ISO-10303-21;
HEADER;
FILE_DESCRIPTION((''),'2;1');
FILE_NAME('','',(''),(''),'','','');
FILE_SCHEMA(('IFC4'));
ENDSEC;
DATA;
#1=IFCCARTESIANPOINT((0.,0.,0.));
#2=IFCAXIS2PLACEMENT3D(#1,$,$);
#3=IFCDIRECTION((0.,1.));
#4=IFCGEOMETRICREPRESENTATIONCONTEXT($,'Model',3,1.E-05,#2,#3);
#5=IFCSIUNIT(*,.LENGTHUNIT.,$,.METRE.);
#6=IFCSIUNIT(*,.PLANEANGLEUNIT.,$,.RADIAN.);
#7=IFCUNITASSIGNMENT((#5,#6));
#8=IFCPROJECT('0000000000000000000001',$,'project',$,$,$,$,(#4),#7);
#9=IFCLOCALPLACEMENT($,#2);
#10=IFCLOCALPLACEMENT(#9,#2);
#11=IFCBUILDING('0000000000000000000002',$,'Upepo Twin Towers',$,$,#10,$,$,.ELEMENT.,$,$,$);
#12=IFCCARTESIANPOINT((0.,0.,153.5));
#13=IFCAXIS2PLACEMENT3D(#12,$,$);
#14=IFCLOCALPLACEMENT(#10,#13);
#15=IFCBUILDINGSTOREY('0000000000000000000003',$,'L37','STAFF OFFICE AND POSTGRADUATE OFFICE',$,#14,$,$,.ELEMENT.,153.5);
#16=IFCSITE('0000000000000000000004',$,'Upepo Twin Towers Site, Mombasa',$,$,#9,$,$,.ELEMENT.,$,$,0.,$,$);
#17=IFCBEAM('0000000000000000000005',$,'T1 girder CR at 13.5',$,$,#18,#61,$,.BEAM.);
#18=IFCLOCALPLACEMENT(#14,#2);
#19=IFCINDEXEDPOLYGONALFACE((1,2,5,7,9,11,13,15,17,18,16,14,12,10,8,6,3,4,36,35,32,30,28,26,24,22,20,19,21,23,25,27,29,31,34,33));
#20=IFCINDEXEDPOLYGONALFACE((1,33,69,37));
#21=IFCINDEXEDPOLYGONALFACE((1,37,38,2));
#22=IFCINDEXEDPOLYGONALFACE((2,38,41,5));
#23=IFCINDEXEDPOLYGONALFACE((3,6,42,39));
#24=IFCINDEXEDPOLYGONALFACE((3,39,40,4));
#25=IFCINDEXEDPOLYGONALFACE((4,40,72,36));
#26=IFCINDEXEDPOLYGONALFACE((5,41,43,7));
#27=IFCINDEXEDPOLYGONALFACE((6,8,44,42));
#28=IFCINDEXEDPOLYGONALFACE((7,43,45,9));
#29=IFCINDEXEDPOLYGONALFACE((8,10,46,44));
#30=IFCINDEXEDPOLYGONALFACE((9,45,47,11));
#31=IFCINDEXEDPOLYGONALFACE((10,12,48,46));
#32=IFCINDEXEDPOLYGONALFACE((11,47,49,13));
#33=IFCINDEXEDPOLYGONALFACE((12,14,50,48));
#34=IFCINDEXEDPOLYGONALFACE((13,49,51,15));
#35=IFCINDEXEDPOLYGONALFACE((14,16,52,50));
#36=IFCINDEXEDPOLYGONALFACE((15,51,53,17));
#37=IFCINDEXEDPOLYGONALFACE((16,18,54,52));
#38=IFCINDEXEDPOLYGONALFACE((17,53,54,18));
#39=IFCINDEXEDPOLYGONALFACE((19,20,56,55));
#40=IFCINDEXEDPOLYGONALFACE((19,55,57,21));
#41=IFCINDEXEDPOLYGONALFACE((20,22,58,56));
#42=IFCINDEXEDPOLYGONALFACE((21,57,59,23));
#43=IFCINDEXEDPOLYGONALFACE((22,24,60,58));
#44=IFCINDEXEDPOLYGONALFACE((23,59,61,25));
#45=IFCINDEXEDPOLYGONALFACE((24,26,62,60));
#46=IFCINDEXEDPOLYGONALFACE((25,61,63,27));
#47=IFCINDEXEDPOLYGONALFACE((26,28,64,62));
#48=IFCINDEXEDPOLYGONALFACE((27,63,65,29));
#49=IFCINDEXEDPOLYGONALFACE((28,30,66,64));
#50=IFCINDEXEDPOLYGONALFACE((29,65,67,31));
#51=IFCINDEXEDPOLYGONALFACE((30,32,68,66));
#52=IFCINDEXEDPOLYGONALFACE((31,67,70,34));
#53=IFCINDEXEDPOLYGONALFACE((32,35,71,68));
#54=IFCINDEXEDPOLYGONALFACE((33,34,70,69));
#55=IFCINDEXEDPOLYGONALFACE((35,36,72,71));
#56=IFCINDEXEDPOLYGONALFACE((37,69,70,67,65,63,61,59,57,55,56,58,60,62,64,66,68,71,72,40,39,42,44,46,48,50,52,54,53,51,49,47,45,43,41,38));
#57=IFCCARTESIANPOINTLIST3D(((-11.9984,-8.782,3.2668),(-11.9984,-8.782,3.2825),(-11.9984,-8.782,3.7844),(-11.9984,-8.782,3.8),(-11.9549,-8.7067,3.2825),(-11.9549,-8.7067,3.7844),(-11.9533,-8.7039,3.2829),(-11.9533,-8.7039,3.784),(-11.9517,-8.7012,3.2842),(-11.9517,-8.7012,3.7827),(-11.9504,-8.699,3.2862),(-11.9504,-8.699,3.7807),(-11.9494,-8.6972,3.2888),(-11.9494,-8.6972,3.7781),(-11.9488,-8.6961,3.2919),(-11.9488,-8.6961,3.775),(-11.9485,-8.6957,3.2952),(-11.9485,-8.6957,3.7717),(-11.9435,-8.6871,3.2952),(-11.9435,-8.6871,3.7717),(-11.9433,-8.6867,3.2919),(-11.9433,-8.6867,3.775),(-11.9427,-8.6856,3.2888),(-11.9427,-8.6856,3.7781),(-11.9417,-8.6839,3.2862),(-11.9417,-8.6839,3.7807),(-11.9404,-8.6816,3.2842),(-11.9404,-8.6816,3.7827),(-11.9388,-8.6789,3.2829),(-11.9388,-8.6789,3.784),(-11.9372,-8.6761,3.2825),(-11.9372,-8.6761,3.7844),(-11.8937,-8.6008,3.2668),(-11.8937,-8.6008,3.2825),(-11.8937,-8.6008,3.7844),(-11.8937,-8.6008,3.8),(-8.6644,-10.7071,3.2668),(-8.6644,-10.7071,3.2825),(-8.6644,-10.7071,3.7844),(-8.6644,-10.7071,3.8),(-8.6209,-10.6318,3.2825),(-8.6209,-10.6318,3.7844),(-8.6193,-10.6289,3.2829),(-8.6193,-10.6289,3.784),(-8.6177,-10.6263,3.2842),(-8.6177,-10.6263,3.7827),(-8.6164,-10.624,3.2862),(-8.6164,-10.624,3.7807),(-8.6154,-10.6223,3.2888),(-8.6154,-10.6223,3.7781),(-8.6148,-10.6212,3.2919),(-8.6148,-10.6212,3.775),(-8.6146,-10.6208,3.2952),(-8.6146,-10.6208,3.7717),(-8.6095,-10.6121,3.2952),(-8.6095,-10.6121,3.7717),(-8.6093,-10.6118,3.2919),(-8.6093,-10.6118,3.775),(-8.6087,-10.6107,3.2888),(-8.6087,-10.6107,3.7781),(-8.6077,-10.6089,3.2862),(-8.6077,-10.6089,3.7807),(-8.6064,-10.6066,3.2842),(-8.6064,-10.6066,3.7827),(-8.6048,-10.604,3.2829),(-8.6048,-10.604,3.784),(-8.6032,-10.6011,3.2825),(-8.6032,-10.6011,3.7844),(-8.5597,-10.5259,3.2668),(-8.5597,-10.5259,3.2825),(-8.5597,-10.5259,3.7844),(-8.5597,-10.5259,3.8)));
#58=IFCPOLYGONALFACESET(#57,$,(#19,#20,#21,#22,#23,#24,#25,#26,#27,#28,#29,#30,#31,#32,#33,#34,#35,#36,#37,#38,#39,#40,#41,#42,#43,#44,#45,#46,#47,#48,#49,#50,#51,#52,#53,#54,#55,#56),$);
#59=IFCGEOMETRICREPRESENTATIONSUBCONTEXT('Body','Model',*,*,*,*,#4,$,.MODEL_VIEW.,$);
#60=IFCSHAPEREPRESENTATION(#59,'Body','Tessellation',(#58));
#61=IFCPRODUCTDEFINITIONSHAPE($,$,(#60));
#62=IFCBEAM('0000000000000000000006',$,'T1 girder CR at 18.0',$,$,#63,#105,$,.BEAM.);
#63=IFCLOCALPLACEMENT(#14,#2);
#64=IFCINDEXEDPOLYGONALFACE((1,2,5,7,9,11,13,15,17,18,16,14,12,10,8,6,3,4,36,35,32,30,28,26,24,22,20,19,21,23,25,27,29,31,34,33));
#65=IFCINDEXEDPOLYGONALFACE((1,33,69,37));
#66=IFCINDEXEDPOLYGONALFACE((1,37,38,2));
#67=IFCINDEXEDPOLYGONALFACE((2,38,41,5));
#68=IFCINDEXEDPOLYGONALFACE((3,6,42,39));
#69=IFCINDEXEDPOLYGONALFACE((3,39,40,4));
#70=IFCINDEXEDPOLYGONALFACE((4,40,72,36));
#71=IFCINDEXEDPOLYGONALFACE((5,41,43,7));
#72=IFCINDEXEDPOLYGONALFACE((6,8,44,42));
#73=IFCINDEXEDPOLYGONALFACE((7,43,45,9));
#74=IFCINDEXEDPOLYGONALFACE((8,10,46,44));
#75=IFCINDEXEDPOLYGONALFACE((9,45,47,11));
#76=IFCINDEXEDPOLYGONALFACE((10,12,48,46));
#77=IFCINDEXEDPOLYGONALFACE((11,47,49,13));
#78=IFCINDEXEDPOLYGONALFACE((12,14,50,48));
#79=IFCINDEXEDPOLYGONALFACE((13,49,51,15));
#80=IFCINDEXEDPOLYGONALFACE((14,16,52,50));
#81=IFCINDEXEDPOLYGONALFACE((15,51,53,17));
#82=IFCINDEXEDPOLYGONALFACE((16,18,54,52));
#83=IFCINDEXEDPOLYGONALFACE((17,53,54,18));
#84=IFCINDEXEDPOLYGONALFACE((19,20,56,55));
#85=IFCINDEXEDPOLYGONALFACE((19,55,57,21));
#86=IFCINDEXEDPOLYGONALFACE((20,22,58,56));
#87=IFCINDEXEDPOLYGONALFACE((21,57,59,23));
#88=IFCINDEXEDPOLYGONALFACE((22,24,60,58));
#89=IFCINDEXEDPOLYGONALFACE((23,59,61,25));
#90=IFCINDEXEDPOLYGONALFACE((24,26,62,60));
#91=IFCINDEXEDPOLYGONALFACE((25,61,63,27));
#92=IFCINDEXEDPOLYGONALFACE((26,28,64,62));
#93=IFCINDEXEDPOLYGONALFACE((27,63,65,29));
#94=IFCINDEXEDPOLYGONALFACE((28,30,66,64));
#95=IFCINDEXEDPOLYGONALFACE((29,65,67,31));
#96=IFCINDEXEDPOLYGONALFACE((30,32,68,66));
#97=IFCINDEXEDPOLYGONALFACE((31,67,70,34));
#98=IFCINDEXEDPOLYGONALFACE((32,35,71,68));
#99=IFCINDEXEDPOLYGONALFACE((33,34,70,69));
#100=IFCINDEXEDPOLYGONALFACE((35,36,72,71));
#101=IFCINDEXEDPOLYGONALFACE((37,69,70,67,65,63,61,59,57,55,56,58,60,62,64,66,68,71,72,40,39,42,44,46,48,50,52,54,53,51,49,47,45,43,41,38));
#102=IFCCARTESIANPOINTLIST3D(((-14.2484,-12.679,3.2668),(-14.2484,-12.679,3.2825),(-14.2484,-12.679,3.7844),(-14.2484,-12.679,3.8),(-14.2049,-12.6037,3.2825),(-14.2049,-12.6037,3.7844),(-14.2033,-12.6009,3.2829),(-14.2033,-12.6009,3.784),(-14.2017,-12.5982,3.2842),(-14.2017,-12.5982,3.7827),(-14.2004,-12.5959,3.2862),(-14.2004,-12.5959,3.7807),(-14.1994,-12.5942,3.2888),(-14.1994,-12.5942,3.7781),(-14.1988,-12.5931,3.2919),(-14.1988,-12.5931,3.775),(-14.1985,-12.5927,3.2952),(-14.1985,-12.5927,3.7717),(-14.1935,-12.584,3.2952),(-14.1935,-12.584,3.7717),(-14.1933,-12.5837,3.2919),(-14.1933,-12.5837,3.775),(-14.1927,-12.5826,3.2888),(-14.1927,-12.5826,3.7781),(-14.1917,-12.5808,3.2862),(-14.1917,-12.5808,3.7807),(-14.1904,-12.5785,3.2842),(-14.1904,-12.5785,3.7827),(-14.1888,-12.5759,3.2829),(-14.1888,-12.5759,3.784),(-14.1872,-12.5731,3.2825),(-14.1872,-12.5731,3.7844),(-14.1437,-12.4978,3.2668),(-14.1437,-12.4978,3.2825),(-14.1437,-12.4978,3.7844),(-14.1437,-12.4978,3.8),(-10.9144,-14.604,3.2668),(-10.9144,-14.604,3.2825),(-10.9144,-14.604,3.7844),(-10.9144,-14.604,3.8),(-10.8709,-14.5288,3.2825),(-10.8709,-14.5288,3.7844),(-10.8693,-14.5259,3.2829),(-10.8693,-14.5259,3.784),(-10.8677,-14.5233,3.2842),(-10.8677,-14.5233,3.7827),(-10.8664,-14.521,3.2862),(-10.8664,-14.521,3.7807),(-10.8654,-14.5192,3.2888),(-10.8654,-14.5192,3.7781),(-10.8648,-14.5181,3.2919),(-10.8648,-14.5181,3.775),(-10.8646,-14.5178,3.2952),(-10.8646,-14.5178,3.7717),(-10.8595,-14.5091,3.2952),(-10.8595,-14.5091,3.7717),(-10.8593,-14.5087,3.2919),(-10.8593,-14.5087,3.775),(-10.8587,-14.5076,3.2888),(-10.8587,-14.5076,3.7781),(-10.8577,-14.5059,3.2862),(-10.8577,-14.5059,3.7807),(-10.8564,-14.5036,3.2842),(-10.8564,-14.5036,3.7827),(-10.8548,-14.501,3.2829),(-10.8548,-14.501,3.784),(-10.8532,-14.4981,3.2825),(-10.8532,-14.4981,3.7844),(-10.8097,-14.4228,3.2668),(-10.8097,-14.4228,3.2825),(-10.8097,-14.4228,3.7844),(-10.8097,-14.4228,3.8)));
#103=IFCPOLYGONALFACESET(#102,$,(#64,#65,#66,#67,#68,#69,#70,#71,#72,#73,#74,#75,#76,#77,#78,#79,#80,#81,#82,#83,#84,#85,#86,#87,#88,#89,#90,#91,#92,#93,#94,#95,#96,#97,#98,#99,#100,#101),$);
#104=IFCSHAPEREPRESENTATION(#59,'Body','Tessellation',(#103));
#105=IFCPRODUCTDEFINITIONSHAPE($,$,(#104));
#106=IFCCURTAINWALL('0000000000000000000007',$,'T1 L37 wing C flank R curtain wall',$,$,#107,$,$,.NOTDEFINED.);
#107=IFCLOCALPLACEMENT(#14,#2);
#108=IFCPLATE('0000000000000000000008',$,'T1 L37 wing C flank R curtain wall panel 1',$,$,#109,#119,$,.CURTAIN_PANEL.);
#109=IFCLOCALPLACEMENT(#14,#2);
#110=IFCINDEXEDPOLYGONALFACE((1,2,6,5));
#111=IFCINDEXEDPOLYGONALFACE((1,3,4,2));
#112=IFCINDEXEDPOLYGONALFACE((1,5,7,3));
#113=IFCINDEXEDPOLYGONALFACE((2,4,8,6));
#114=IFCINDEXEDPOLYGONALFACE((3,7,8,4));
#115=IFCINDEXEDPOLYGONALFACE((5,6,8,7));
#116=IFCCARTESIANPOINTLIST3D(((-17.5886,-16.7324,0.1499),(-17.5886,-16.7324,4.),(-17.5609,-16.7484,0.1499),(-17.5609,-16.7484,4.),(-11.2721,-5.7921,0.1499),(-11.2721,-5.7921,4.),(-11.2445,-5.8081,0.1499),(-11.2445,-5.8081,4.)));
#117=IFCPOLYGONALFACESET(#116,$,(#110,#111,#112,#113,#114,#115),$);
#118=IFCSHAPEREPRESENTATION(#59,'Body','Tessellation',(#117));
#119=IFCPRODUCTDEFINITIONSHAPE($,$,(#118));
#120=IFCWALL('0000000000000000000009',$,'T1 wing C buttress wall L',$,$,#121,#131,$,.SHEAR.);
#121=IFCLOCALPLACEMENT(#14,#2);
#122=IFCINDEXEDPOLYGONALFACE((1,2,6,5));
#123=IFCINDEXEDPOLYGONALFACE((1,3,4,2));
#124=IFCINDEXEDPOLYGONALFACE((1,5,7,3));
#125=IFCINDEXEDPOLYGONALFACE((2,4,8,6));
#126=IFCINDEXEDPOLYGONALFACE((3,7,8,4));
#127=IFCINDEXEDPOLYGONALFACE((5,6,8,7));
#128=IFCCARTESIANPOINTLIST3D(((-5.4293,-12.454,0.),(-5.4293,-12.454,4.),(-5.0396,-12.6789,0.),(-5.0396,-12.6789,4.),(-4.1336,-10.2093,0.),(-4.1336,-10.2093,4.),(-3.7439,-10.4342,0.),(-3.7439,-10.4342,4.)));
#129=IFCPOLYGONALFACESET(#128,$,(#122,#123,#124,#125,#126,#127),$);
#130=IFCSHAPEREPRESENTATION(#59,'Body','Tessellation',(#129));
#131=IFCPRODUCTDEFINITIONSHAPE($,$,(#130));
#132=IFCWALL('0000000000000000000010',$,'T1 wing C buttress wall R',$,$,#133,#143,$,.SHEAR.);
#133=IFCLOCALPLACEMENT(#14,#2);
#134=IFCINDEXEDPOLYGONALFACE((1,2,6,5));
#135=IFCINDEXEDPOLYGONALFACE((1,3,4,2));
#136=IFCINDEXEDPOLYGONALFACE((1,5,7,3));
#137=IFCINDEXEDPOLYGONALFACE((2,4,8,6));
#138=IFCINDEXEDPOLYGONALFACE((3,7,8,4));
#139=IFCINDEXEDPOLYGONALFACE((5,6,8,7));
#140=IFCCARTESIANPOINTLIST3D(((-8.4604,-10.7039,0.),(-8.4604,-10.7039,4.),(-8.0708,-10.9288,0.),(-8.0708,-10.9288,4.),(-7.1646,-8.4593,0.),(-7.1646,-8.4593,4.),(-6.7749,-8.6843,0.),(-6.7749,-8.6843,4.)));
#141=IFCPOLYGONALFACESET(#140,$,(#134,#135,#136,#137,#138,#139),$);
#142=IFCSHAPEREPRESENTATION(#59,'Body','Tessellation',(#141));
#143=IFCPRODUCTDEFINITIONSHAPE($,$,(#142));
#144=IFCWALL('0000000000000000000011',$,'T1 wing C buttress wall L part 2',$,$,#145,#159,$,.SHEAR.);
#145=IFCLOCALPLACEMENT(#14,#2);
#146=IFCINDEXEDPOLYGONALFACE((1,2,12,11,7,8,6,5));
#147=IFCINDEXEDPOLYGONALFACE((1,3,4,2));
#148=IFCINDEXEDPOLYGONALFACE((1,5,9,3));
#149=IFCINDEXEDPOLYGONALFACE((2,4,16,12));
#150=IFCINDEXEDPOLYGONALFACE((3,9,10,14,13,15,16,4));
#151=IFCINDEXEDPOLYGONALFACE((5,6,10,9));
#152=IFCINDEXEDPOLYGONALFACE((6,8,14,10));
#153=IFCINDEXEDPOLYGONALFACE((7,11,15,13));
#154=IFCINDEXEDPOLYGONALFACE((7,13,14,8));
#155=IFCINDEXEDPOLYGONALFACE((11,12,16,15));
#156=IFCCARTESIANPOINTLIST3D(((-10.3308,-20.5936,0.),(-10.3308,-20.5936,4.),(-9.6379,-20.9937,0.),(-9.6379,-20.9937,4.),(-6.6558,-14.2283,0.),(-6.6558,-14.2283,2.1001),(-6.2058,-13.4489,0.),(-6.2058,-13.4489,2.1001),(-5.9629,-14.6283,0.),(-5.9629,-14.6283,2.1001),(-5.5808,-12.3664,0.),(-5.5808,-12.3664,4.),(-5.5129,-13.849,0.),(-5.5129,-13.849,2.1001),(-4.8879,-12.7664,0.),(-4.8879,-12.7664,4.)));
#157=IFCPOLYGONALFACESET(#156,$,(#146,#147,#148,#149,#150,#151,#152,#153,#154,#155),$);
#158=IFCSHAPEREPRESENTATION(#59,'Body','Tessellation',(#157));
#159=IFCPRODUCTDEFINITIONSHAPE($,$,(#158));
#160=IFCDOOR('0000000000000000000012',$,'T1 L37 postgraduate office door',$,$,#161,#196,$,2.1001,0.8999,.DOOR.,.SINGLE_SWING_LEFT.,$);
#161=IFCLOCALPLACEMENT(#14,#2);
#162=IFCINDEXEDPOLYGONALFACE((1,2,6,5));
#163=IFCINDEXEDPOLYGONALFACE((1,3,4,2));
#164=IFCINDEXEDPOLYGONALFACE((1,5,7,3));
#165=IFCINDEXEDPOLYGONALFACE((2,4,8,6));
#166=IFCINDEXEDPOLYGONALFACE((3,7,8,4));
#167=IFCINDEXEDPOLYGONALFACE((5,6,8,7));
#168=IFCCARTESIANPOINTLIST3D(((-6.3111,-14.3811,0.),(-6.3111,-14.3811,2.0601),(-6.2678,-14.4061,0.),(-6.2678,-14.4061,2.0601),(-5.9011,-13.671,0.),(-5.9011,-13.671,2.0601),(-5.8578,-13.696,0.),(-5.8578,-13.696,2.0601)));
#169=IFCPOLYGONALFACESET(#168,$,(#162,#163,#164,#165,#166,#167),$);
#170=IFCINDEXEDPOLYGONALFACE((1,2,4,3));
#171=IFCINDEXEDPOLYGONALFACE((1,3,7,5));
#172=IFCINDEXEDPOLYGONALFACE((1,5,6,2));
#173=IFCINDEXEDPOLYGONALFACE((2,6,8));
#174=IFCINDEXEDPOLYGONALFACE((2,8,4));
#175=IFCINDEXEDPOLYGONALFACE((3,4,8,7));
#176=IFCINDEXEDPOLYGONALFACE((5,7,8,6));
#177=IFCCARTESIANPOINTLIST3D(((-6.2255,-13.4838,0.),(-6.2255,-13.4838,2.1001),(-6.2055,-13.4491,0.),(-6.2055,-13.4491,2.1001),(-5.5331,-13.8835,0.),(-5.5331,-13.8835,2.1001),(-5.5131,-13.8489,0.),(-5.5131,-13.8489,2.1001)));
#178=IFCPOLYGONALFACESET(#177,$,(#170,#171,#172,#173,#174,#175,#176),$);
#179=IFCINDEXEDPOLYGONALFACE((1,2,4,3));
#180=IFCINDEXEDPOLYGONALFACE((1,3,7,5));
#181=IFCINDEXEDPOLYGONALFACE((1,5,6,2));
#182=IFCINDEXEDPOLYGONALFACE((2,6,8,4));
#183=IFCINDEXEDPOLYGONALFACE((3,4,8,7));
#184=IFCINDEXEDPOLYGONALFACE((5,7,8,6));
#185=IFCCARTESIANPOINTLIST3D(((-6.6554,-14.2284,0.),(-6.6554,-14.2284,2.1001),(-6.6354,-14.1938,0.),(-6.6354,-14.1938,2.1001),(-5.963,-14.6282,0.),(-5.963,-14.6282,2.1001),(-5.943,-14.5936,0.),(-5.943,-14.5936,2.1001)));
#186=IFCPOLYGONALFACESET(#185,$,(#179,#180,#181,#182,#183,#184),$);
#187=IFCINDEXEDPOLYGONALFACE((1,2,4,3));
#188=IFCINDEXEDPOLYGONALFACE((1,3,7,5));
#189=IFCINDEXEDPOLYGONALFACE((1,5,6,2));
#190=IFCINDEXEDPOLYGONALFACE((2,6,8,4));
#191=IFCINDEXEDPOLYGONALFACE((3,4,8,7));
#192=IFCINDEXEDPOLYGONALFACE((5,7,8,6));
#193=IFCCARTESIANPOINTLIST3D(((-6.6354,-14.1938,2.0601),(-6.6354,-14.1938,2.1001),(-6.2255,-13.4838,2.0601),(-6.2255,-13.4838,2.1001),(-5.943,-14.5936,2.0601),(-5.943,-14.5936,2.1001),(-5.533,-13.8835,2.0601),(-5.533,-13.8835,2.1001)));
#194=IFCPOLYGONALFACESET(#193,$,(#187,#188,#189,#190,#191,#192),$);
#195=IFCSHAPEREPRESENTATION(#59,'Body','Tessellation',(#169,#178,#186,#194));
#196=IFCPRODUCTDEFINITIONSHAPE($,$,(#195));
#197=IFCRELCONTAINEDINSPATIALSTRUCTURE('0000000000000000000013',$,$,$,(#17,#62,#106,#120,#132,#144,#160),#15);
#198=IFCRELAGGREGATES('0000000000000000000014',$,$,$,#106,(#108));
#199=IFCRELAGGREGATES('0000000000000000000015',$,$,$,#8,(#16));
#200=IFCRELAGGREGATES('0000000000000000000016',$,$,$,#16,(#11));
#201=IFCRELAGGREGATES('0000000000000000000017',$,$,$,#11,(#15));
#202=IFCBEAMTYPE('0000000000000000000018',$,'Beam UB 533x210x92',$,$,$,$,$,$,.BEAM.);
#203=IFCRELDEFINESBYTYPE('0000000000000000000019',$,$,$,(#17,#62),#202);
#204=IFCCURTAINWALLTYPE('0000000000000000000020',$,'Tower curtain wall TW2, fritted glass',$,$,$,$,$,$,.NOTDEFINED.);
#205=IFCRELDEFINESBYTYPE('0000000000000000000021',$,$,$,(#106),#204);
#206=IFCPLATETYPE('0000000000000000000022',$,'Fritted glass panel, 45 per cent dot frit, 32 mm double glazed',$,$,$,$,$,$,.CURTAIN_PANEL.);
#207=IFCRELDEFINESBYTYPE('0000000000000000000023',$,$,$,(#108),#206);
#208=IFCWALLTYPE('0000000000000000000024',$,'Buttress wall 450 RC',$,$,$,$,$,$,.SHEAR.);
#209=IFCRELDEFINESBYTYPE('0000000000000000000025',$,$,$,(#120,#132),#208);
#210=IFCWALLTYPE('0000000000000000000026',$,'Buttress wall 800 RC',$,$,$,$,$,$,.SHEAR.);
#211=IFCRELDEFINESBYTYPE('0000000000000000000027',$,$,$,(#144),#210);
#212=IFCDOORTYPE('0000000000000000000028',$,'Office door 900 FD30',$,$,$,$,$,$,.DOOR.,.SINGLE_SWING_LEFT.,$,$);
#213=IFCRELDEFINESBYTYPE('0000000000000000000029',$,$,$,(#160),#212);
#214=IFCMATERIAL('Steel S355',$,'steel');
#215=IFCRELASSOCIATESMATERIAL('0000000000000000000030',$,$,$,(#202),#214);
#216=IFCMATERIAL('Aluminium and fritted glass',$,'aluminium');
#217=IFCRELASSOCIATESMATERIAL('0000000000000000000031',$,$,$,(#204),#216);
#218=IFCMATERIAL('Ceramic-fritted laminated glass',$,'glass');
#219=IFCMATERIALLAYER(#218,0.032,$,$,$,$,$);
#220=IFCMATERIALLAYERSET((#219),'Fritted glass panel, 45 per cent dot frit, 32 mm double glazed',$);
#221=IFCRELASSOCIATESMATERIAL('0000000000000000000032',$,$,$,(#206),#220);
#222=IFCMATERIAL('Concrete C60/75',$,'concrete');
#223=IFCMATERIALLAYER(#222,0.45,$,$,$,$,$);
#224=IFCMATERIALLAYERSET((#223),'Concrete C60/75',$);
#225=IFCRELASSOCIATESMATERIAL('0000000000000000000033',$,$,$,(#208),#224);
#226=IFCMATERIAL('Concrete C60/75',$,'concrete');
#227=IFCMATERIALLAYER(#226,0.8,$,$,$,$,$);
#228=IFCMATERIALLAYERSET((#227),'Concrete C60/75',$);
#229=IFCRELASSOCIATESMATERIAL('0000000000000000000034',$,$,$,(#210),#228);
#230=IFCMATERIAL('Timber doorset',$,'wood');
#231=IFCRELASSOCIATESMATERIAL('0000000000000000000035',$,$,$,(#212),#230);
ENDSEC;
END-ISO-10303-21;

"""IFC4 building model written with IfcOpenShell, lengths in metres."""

from ifc_helpers import new_model, si_unit, direction, frame, frame_2d, origin, origin_2d, place, context, subcontext, project, spatial, rectangle, i_section, extrude, material, layer, layer_set, material_profile, profile_set, type_object, element, fill, aggregate, save


model = new_model("IFC4")

# Units and contexts
model_context = context("Model", 3, precision=1e-05, world=origin(), true_north=direction((0.0, 1.0)))
body_context = subcontext(model_context, "Body", "Model", "MODEL_VIEW")
ifc_project = project(units=[si_unit("LENGTHUNIT", "METRE"), si_unit("PLANEANGLEUNIT", "RADIAN")], contexts=[model_context])

# Site, building, storey
site_placement = place(None, origin())
site = spatial("IfcSite", under=ifc_project, at=site_placement, Name="Upepo Twin Towers Site, Mombasa", CompositionType="ELEMENT", RefElevation=0.0)
building_placement = place(site_placement, origin())
building = spatial("IfcBuilding", under=site, at=building_placement, Name="Upepo Twin Towers", CompositionType="ELEMENT")
storey_placement = place(building_placement, frame((0.0, 0.0, 153.5)))
storey = spatial("IfcBuildingStorey", under=building, at=storey_placement, Name="L37", Description="STAFF OFFICE AND POSTGRADUATE OFFICE", CompositionType="ELEMENT", Elevation=153.5)

# Beams
ifc_material_1 = material(Name="Steel S355", Category="steel")
ifc_material_profile_1 = material_profile(ifc_material_1, i_section(OverallWidth=0.2092, OverallDepth=0.5332, WebThickness=0.01, FlangeThickness=0.0156, FilletRadius=0.0127, at=origin_2d()), Name="UB 533x210x92")
ifc_profile_set_1 = profile_set([ifc_material_profile_1], Name="Steel S355")
beam_type_1 = type_object("IfcBeamType", Name="Beam UB 533x210x92", PredefinedType="BEAM", material=ifc_profile_set_1)
for number, where, z_axis, x_axis, name in (
    (1, (-11.946, -8.6914, 3.5334), (0.866006, -0.500034, 0.0), (0.500034, 0.866006, 0.0), "T1 girder CR at 13.5"),
    (2, (-14.196, -12.5884, 3.5334), (0.866006, -0.500034, 0.0), (0.500034, 0.866006, 0.0), "T1 girder CR at 18.0"),
):
    element("IfcBeam", number, at=place(storey_placement, frame(where, z_axis=z_axis, x_axis=x_axis)), inside=storey, type_object=beam_type_1, Name=name, PredefinedType="BEAM", context=body_context, shape_type="SweptSolid", body=[
        extrude(i_section(OverallWidth=0.2092, OverallDepth=0.5332, WebThickness=0.01, FlangeThickness=0.0156, FilletRadius=0.0127, at=origin_2d()), origin(), (0.0, 0.0, 1.0), 3.8499),
    ])

# Curtain wall, plate
ifc_material_2 = material(Name="Aluminium and fritted glass", Category="aluminium")
curtain_wall_type = type_object("IfcCurtainWallType", Name="Tower curtain wall TW2, fritted glass", PredefinedType="NOTDEFINED", material=ifc_material_2)
curtain_wall_placement = place(storey_placement, origin())
curtain_wall = element("IfcCurtainWall", 3, at=curtain_wall_placement, inside=storey, type_object=curtain_wall_type, Name="T1 L37 wing C flank R curtain wall", PredefinedType="NOTDEFINED")
ifc_material_3 = material(Name="Ceramic-fritted laminated glass", Category="glass")
ifc_layer_1 = layer(ifc_material_3, 0.032)
ifc_layer_set_1 = layer_set([ifc_layer_1], Name="Fritted glass panel, 45 per cent dot frit, 32 mm double glazed")
plate_type = type_object("IfcPlateType", Name="Fritted glass panel, 45 per cent dot frit, 32 mm double glazed", PredefinedType="CURTAIN_PANEL", material=ifc_layer_set_1)
plate_placement = place(storey_placement, frame((-14.4165, -11.2703, 0.1499), z_axis=(0.0, 0.0, 1.0), x_axis=(0.5, 0.866025, 0.0)))
plate = element("IfcPlate", 4, at=plate_placement, type_object=plate_type, Name="T1 L37 wing C flank R curtain wall panel 1", PredefinedType="CURTAIN_PANEL", context=body_context, shape_type="SweptSolid", body=[
    extrude(rectangle(XDim=12.6328, YDim=0.032, at=origin_2d()), origin(), (0.0, 0.0, 1.0), 3.8501),
])
aggregate(curtain_wall, [plate])

# Walls
ifc_material_4 = material(Name="Concrete C60/75", Category="concrete")
ifc_layer_2 = layer(ifc_material_4, 0.45)
ifc_layer_set_2 = layer_set([ifc_layer_2], Name="Concrete C60/75")
wall_type_1 = type_object("IfcWallType", Name="Buttress wall 450 RC", PredefinedType="SHEAR", material=ifc_layer_set_2)
for number, where, z_axis, x_axis, name in (
    (5, (-3.9387, -10.3218, 0.0), (0.0, 0.0, 1.0), (-0.499918, -0.866073, 0.0), "T1 wing C buttress wall L"),
    (6, (-6.9697, -8.5718, 0.0), (0.0, 0.0, 1.0), (-0.499989, -0.866032, 0.0), "T1 wing C buttress wall R"),
):
    element("IfcWall", number, at=place(storey_placement, frame(where, z_axis=z_axis, x_axis=x_axis)), inside=storey, type_object=wall_type_1, Name=name, PredefinedType="SHEAR", context=body_context, shape_type="SweptSolid", body=[
        extrude(rectangle(XDim=2.5918, YDim=0.45, at=frame_2d((1.2959, 0.0))), origin(), (0.0, 0.0, 1.0), 4.0),
    ])

# Wall, opening, door
ifc_material_5 = material(Name="Concrete C60/75", Category="concrete")
ifc_layer_3 = layer(ifc_material_5, 0.8)
ifc_layer_set_3 = layer_set([ifc_layer_3], Name="Concrete C60/75")
wall_type_2 = type_object("IfcWallType", Name="Buttress wall 800 RC", PredefinedType="SHEAR", material=ifc_layer_set_3)
wall_1_placement = place(storey_placement, frame((-5.2344, -12.5664, 0.0), z_axis=(0.0, 0.0, 1.0), x_axis=(-0.499998, -0.866027, 0.0)))
wall_1 = element("IfcWall", 7, at=wall_1_placement, inside=storey, type_object=wall_type_2, Name="T1 wing C buttress wall L part 2", PredefinedType="SHEAR", context=body_context, shape_type="SweptSolid", body=[
    extrude(rectangle(XDim=9.5, YDim=0.8, at=frame_2d((4.75, 0.0))), origin(), (0.0, 0.0, 1.0), 4.0),
])
opening_1_placement = place(wall_1_placement, frame((1.25, 0.0, 0.0)))
opening_1 = element("IfcOpeningElement", 8, at=opening_1_placement, cuts=wall_1, PredefinedType="OPENING", context=body_context, shape_type="SweptSolid", body=[
    extrude(rectangle(XDim=0.8999, YDim=2.1001, at=frame_2d((0.45, 1.05))), frame((0.0, 0.4099, 0.0), z_axis=(0.0, -1.0, 0.0), x_axis=(1.0, 0.0, 0.0)), (0.0, 0.0, 1.0), 0.8201),
])
ifc_material_6 = material(Name="Timber doorset", Category="wood")
door_type_1 = type_object("IfcDoorType", Name="Office door 900 FD30", OperationType="SINGLE_SWING_LEFT", PredefinedType="DOOR", material=ifc_material_6)
door_1_placement = place(opening_1_placement, origin())
door_1 = element("IfcDoor", 9, at=door_1_placement, inside=storey, type_object=door_type_1, Name="T1 L37 postgraduate office door", OperationType="SINGLE_SWING_LEFT", OverallHeight=2.1001, OverallWidth=0.8999, PredefinedType="DOOR", context=body_context, shape_type="SweptSolid", body=[
    extrude(rectangle(XDim=0.8199, YDim=2.0601, at=frame_2d((0.45, 1.03))), frame((0.0, 0.0249, 0.0), z_axis=(0.0, -1.0, 0.0), x_axis=(1.0, 0.0, 0.0)), (0.0, 0.0, 1.0), 0.05),
    extrude(rectangle(XDim=0.04, YDim=2.1001, at=frame_2d((0.02, 1.05))), frame((0.0, 0.3999, 0.0), z_axis=(0.0, -1.0, 0.0), x_axis=(1.0, 0.0, 0.0)), (0.0, 0.0, 1.0), 0.7996),
    extrude(rectangle(XDim=0.04, YDim=2.1001, at=frame_2d((0.8799, 1.05))), frame((0.0, 0.3999, 0.0), z_axis=(0.0, -1.0, 0.0), x_axis=(1.0, 0.0, 0.0)), (0.0, 0.0, 1.0), 0.7996),
    extrude(rectangle(XDim=0.8199, YDim=0.04, at=frame_2d((0.45, 2.0801))), frame((0.0, 0.3999, 0.0), z_axis=(0.0, -1.0, 0.0), x_axis=(1.0, 0.0, 0.0)), (0.0, 0.0, 1.0), 0.7996),
])
fill(opening_1, door_1)

save(model, "model.ifc")
